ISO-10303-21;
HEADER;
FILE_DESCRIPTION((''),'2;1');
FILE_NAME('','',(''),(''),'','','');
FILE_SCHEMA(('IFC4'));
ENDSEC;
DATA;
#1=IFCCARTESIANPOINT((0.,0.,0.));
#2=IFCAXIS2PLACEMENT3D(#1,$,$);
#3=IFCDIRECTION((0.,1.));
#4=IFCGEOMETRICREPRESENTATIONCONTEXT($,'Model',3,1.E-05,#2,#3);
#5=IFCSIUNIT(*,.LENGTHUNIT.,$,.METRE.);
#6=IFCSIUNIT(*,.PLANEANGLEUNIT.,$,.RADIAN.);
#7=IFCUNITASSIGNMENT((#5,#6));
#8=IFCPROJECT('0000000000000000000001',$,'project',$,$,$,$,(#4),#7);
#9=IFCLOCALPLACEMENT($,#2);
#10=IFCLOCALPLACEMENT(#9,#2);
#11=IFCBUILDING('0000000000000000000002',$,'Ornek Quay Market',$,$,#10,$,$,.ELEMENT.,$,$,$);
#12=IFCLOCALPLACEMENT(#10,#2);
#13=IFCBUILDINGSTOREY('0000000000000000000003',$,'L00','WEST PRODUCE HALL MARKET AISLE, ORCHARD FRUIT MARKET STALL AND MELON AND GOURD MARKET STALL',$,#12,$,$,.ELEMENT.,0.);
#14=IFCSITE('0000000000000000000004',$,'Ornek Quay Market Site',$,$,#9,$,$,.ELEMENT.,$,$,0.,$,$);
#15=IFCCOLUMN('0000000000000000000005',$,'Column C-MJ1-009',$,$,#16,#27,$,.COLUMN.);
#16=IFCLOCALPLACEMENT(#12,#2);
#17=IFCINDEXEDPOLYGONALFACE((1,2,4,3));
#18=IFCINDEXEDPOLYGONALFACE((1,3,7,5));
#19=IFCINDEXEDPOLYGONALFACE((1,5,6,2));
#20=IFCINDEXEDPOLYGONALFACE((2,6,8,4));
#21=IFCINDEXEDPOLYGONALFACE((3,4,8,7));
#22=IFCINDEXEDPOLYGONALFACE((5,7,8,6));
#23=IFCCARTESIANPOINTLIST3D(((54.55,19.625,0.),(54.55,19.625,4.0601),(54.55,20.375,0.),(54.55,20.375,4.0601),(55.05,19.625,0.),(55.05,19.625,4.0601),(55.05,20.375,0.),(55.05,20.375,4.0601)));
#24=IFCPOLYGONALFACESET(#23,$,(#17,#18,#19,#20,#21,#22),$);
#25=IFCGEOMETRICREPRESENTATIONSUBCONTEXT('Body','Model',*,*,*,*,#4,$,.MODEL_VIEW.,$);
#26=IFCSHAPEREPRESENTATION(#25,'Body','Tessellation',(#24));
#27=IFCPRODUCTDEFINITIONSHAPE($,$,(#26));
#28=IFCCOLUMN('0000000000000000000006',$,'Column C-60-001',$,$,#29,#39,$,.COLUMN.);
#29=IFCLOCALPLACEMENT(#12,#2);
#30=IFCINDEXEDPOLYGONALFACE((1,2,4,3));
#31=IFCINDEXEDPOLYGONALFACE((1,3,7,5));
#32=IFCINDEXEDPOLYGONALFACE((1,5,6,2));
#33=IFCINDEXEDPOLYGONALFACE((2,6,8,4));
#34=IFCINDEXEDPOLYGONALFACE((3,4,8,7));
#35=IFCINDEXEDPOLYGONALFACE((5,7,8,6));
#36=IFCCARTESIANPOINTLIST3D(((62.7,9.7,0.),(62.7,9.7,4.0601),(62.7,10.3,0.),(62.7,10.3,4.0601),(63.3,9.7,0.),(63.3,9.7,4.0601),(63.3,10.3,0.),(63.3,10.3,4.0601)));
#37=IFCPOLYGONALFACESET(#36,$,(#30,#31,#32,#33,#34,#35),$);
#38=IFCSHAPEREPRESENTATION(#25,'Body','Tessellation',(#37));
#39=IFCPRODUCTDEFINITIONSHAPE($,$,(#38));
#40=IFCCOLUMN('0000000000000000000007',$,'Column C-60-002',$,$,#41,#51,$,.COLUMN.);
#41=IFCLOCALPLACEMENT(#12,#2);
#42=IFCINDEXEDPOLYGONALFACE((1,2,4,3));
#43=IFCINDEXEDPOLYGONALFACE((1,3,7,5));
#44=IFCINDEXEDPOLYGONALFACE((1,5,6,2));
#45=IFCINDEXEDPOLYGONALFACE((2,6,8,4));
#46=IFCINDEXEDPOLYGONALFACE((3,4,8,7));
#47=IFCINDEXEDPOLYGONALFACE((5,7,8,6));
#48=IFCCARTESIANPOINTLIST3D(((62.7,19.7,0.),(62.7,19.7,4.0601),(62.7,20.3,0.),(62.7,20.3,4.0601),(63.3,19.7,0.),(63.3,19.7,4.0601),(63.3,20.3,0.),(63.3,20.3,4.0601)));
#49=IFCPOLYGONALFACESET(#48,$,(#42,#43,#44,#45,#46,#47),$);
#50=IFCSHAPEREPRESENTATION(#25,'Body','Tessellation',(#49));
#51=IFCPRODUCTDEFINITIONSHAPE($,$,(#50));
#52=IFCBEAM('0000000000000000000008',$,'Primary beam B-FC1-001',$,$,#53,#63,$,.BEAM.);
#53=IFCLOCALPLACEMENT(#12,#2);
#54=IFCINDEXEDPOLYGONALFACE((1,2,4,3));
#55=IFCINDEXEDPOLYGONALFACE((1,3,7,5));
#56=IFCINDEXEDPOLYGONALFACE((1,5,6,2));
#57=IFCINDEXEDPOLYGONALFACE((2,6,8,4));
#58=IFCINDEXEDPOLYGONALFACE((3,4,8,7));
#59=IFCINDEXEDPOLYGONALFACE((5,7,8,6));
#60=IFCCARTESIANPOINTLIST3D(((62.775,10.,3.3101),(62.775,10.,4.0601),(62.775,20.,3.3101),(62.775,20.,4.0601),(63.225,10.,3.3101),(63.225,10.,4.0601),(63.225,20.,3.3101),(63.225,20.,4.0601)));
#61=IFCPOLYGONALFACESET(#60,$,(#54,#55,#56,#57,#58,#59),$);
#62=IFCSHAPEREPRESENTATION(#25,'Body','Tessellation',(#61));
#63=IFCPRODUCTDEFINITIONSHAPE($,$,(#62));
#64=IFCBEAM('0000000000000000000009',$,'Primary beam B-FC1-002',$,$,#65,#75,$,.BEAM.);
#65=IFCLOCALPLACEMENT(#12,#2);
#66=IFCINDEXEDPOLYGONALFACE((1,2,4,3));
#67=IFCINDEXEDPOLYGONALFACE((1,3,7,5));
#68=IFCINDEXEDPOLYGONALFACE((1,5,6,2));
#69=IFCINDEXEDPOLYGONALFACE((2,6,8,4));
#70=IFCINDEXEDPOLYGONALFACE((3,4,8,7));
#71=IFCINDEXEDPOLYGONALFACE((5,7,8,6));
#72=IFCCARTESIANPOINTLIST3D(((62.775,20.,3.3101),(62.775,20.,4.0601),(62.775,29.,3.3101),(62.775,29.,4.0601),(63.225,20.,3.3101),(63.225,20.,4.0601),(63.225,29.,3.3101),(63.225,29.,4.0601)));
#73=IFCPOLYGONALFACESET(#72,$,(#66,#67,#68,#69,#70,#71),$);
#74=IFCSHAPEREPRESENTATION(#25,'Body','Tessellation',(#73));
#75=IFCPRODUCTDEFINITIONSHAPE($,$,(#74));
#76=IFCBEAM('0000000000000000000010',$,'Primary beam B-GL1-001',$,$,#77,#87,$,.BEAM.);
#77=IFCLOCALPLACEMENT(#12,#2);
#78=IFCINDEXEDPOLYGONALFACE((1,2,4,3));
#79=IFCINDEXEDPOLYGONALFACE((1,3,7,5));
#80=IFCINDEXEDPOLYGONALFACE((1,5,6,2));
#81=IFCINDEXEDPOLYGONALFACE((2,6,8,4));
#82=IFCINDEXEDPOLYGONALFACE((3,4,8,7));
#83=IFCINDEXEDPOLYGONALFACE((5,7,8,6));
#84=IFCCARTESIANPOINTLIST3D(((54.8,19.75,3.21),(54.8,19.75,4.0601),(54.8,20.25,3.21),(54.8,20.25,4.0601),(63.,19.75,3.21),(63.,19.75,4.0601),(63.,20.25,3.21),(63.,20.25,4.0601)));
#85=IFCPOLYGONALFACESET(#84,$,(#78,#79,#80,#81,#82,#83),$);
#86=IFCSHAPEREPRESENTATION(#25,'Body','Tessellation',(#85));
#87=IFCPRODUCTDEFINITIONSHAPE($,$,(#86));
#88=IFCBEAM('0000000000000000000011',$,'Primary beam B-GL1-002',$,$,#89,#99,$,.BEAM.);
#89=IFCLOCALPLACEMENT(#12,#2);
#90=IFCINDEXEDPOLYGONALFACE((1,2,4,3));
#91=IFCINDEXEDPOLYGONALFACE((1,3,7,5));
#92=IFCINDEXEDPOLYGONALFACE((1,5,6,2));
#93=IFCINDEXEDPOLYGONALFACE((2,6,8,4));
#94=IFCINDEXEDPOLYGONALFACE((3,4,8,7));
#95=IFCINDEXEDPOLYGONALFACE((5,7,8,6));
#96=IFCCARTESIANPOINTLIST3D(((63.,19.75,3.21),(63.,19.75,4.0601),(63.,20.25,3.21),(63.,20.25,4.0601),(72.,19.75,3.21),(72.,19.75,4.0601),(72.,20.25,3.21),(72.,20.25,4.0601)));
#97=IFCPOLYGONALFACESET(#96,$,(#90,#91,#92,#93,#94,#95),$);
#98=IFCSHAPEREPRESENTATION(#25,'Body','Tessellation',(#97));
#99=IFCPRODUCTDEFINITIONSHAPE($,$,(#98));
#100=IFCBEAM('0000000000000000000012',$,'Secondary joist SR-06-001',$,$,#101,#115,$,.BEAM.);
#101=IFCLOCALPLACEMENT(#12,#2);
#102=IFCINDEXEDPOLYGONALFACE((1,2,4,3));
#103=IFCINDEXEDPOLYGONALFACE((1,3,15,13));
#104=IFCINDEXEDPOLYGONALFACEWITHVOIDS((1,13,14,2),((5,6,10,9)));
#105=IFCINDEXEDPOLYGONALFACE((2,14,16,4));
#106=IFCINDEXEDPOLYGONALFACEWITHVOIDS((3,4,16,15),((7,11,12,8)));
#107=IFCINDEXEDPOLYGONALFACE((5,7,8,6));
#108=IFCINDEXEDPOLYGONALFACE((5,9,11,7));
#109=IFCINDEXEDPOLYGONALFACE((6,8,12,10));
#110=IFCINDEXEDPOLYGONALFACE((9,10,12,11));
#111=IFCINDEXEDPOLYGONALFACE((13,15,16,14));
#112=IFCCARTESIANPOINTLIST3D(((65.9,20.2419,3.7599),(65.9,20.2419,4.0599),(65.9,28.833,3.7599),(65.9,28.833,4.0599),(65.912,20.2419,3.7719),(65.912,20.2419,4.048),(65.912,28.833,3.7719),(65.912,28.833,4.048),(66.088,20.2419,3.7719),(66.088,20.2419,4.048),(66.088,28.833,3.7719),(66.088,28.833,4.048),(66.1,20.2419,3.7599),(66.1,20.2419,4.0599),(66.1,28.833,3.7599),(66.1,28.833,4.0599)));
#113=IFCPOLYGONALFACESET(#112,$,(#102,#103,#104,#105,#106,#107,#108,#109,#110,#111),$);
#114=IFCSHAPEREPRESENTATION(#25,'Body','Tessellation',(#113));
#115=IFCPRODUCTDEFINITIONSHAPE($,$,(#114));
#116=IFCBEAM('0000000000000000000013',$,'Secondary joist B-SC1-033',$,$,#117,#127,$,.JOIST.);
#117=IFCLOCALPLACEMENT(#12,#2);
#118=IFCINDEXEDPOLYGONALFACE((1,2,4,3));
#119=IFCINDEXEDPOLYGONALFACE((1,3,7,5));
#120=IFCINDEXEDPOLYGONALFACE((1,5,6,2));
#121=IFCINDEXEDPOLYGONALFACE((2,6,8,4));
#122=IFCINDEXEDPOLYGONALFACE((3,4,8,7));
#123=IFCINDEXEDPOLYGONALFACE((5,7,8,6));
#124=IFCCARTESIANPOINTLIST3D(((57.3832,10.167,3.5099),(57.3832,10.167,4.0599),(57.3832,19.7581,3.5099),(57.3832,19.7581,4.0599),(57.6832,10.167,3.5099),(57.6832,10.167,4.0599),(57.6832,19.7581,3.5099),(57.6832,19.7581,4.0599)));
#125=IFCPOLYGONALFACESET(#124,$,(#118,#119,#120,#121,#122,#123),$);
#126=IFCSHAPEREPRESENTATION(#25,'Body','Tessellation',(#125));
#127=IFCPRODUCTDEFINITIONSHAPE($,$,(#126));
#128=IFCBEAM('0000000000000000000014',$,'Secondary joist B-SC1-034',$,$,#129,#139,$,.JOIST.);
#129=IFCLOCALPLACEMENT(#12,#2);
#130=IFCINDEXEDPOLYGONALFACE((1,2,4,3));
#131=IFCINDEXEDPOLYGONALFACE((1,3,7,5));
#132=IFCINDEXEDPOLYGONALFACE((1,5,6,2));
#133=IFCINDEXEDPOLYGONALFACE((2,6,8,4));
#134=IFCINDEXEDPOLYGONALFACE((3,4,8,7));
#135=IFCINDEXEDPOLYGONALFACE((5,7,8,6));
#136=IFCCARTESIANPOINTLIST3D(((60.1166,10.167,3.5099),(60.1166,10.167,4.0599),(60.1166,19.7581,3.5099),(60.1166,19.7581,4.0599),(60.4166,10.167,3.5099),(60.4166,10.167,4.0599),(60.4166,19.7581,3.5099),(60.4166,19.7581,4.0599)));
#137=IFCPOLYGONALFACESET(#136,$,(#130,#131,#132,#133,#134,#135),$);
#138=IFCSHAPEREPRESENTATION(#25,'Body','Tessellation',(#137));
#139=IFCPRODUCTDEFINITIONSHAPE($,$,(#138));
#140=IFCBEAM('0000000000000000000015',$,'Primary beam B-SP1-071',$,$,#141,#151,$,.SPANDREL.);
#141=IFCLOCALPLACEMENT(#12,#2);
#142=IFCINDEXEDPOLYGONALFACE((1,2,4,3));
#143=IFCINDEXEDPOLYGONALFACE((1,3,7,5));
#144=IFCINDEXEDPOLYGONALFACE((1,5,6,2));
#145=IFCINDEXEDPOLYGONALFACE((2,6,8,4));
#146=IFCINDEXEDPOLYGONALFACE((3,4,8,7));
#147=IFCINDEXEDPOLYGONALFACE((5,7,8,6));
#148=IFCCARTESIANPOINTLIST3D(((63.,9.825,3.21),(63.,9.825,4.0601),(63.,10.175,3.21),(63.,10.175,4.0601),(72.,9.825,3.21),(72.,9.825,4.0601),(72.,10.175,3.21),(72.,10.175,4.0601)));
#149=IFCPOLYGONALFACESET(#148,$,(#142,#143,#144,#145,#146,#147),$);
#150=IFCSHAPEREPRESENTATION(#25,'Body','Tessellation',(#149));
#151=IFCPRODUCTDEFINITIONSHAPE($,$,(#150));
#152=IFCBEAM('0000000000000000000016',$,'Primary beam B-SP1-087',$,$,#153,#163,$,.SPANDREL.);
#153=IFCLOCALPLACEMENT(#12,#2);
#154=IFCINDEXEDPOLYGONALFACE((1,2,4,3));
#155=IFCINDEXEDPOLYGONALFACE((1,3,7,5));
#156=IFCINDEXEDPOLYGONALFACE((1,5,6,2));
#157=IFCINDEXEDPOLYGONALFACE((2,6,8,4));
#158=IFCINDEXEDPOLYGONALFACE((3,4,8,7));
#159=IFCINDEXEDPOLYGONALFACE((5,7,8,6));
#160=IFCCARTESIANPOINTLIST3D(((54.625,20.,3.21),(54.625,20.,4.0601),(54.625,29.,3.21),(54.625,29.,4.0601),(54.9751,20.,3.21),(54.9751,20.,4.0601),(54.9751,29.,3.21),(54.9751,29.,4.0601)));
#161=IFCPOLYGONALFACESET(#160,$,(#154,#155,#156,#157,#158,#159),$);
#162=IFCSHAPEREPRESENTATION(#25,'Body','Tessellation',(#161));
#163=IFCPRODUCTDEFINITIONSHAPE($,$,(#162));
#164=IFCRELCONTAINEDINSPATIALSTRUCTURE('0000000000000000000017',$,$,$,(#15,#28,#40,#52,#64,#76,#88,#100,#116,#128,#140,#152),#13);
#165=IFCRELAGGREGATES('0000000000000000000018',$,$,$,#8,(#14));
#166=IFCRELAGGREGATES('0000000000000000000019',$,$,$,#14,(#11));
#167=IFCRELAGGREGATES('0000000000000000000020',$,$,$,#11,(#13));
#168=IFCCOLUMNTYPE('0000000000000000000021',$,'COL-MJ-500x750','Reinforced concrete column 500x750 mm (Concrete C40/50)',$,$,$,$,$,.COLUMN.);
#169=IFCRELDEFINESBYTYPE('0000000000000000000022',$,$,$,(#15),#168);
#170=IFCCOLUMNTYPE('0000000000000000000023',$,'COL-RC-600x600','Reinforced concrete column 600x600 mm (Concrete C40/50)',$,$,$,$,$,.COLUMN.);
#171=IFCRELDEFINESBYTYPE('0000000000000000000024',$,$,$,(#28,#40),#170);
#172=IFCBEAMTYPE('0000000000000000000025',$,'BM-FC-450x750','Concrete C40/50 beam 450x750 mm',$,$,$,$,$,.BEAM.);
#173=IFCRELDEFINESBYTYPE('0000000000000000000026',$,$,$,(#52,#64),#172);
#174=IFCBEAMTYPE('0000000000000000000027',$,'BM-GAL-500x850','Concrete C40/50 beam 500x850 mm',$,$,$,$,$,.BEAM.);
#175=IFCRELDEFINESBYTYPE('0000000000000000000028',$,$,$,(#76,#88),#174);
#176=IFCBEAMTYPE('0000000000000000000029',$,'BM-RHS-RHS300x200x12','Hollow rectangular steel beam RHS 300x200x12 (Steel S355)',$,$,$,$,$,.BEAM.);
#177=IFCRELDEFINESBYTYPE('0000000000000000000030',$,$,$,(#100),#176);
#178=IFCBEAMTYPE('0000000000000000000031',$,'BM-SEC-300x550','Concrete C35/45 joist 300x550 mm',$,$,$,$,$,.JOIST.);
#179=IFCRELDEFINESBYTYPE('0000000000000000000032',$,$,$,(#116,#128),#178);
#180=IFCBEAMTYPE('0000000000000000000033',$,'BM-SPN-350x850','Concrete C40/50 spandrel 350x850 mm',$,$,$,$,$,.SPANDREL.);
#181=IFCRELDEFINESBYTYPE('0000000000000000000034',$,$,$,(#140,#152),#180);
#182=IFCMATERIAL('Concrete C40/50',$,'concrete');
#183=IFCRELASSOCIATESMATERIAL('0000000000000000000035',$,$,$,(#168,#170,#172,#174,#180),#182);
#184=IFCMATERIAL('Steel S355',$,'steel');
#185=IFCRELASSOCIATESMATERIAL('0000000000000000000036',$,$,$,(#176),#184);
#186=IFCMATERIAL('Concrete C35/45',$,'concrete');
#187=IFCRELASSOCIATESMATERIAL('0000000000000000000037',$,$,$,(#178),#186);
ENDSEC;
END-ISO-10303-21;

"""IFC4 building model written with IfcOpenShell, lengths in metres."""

from ifc_helpers import new_model, si_unit, direction, frame, origin, origin_2d, place, context, subcontext, project, spatial, rectangle, hollow_rectangle, extrude, material, material_profile, profile_set, type_object, element, save


model = new_model("IFC4")

# Units and contexts
model_context = context("Model", 3, precision=1e-05, world=origin(), true_north=direction((0.0, 1.0)))
body_context = subcontext(model_context, "Body", "Model", "MODEL_VIEW")
ifc_project = project(units=[si_unit("LENGTHUNIT", "METRE"), si_unit("PLANEANGLEUNIT", "RADIAN")], contexts=[model_context])

# Site, building, storey
site_placement = place(None, origin())
site = spatial("IfcSite", under=ifc_project, at=site_placement, Name="Ornek Quay Market Site", CompositionType="ELEMENT", RefElevation=0.0)
building_placement = place(site_placement, origin())
building = spatial("IfcBuilding", under=site, at=building_placement, Name="Ornek Quay Market", CompositionType="ELEMENT")
storey_placement = place(building_placement, origin())
storey = spatial("IfcBuildingStorey", under=building, at=storey_placement, Name="L00", Description="WEST PRODUCE HALL MARKET AISLE, ORCHARD FRUIT MARKET STALL AND MELON AND GOURD MARKET STALL", CompositionType="ELEMENT", Elevation=0.0)

# Columns
ifc_material_1 = material(Name="Concrete C40/50", Category="concrete")
ifc_material_profile_1 = material_profile(ifc_material_1, rectangle(XDim=0.5, YDim=0.75, at=origin_2d()), Name="RC 500x750", Category="concrete")
ifc_profile_set_1 = profile_set([ifc_material_profile_1], Name="Concrete C40/50")
column_type_1 = type_object("IfcColumnType", Name="COL-MJ-500x750", Description="Reinforced concrete column 500x750 mm (Concrete C40/50)", PredefinedType="COLUMN", material=ifc_profile_set_1)
column_placement = place(storey_placement, frame((54.8, 20.0, 0.0), z_axis=(0.0, 0.0, 1.0), x_axis=(1.0, 0.0, 0.0)))
element("IfcColumn", 1, at=column_placement, inside=storey, type_object=column_type_1, Name="Column C-MJ1-009", PredefinedType="COLUMN", context=body_context, shape_type="SweptSolid", body=[
    extrude(rectangle(XDim=0.5, YDim=0.75, at=origin_2d()), origin(), (0.0, 0.0, 1.0), 4.0601),
])
ifc_material_profile_2 = material_profile(ifc_material_1, rectangle(XDim=0.6001, YDim=0.6001, at=origin_2d()), Name="RC 600x600", Category="concrete")
ifc_profile_set_2 = profile_set([ifc_material_profile_2], Name="Concrete C40/50")
column_type_2 = type_object("IfcColumnType", Name="COL-RC-600x600", Description="Reinforced concrete column 600x600 mm (Concrete C40/50)", PredefinedType="COLUMN", material=ifc_profile_set_2)
for number, where, z_axis, x_axis, name in (
    (2, (63.0, 10.0, 0.0), (0.0, 0.0, 1.0), (1.0, 0.0, 0.0), "Column C-60-001"),
    (3, (63.0, 20.0, 0.0), (0.0, 0.0, 1.0), (1.0, 0.0, 0.0), "Column C-60-002"),
):
    element("IfcColumn", number, at=place(storey_placement, frame(where, z_axis=z_axis, x_axis=x_axis)), inside=storey, type_object=column_type_2, Name=name, PredefinedType="COLUMN", context=body_context, shape_type="SweptSolid", body=[
        extrude(rectangle(XDim=0.6001, YDim=0.6001, at=origin_2d()), origin(), (0.0, 0.0, 1.0), 4.0601),
    ])

# Beams
ifc_material_profile_3 = material_profile(ifc_material_1, rectangle(XDim=0.45, YDim=0.75, at=origin_2d()), Name="RC 450x750", Category="concrete")
ifc_profile_set_3 = profile_set([ifc_material_profile_3], Name="Concrete C40/50")
beam_type_1 = type_object("IfcBeamType", Name="BM-FC-450x750", Description="Concrete C40/50 beam 450x750 mm", PredefinedType="BEAM", material=ifc_profile_set_3)
beam_1_placement = place(storey_placement, frame((63.0, 10.0, 3.6851), z_axis=(0.0, 1.0, 0.0), x_axis=(-1.0, 0.0, 0.0)))
element("IfcBeam", 4, at=beam_1_placement, inside=storey, type_object=beam_type_1, Name="Primary beam B-FC1-001", PredefinedType="BEAM", context=body_context, shape_type="SweptSolid", body=[
    extrude(rectangle(XDim=0.45, YDim=0.75, at=origin_2d()), origin(), (0.0, 0.0, 1.0), 10.0),
])
beam_2_placement = place(storey_placement, frame((63.0, 20.0, 3.6851), z_axis=(0.0, 1.0, 0.0), x_axis=(-1.0, 0.0, 0.0)))
element("IfcBeam", 5, at=beam_2_placement, inside=storey, type_object=beam_type_1, Name="Primary beam B-FC1-002", PredefinedType="BEAM", context=body_context, shape_type="SweptSolid", body=[
    extrude(rectangle(XDim=0.45, YDim=0.75, at=origin_2d()), origin(), (0.0, 0.0, 1.0), 9.0),
])
ifc_material_profile_4 = material_profile(ifc_material_1, rectangle(XDim=0.5, YDim=0.8501, at=origin_2d()), Name="RC 500x850", Category="concrete")
ifc_profile_set_4 = profile_set([ifc_material_profile_4], Name="Concrete C40/50")
beam_type_2 = type_object("IfcBeamType", Name="BM-GAL-500x850", Description="Concrete C40/50 beam 500x850 mm", PredefinedType="BEAM", material=ifc_profile_set_4)
beam_3_placement = place(storey_placement, frame((54.8, 20.0, 3.635), z_axis=(1.0, 0.0, 0.0), x_axis=(0.0, 1.0, 0.0)))
element("IfcBeam", 6, at=beam_3_placement, inside=storey, type_object=beam_type_2, Name="Primary beam B-GL1-001", PredefinedType="BEAM", context=body_context, shape_type="SweptSolid", body=[
    extrude(rectangle(XDim=0.5, YDim=0.8501, at=origin_2d()), origin(), (0.0, 0.0, 1.0), 8.2),
])
beam_4_placement = place(storey_placement, frame((63.0, 20.0, 3.635), z_axis=(1.0, 0.0, 0.0), x_axis=(0.0, 1.0, 0.0)))
element("IfcBeam", 7, at=beam_4_placement, inside=storey, type_object=beam_type_2, Name="Primary beam B-GL1-002", PredefinedType="BEAM", context=body_context, shape_type="SweptSolid", body=[
    extrude(rectangle(XDim=0.5, YDim=0.8501, at=origin_2d()), origin(), (0.0, 0.0, 1.0), 9.0),
])
ifc_material_2 = material(Name="Steel S355", Category="steel")
ifc_material_profile_5 = material_profile(ifc_material_2, hollow_rectangle(XDim=0.2, YDim=0.3, WallThickness=0.012, at=origin_2d()), Name="RHS 300x200x12", Category="steel")
ifc_profile_set_5 = profile_set([ifc_material_profile_5], Name="Steel S355")
beam_type_3 = type_object("IfcBeamType", Name="BM-RHS-RHS300x200x12", Description="Hollow rectangular steel beam RHS 300x200x12 (Steel S355)", PredefinedType="BEAM", material=ifc_profile_set_5)
beam_5_placement = place(storey_placement, frame((66.0, 20.2419, 3.9099), z_axis=(0.0, 1.0, 0.0), x_axis=(-1.0, 0.0, 0.0)))
element("IfcBeam", 8, at=beam_5_placement, inside=storey, type_object=beam_type_3, Name="Secondary joist SR-06-001", PredefinedType="BEAM", context=body_context, shape_type="SweptSolid", body=[
    extrude(hollow_rectangle(XDim=0.2, YDim=0.3, WallThickness=0.012, at=origin_2d()), origin(), (0.0, 0.0, 1.0), 8.5911),
])
ifc_material_3 = material(Name="Concrete C35/45", Category="concrete")
ifc_material_profile_6 = material_profile(ifc_material_3, rectangle(XDim=0.3, YDim=0.55, at=origin_2d()), Name="RC 300x550", Category="concrete")
ifc_profile_set_6 = profile_set([ifc_material_profile_6], Name="Concrete C35/45")
beam_type_4 = type_object("IfcBeamType", Name="BM-SEC-300x550", Description="Concrete C35/45 joist 300x550 mm", PredefinedType="JOIST", material=ifc_profile_set_6)
for number, where, z_axis, x_axis, name in (
    (9, (57.5332, 10.167, 3.7849), (0.0, 1.0, 0.0), (-1.0, 0.0, 0.0), "Secondary joist B-SC1-033"),
    (10, (60.2666, 10.167, 3.7849), (0.0, 1.0, 0.0), (-1.0, 0.0, 0.0), "Secondary joist B-SC1-034"),
):
    element("IfcBeam", number, at=place(storey_placement, frame(where, z_axis=z_axis, x_axis=x_axis)), inside=storey, type_object=beam_type_4, Name=name, PredefinedType="JOIST", context=body_context, shape_type="SweptSolid", body=[
        extrude(rectangle(XDim=0.3, YDim=0.55, at=origin_2d()), origin(), (0.0, 0.0, 1.0), 9.5911),
    ])
ifc_material_profile_7 = material_profile(ifc_material_1, rectangle(XDim=0.3501, YDim=0.8501, at=origin_2d()), Name="RC 350x850", Category="concrete")
ifc_profile_set_7 = profile_set([ifc_material_profile_7], Name="Concrete C40/50")
beam_type_5 = type_object("IfcBeamType", Name="BM-SPN-350x850", Description="Concrete C40/50 spandrel 350x850 mm", PredefinedType="SPANDREL", material=ifc_profile_set_7)
for number, where, z_axis, x_axis, name in (
    (11, (63.0, 10.0, 3.635), (1.0, 0.0, 0.0), (0.0, 1.0, 0.0), "Primary beam B-SP1-071"),
    (12, (54.8, 20.0, 3.635), (0.0, 1.0, 0.0), (-1.0, 0.0, 0.0), "Primary beam B-SP1-087"),
):
    element("IfcBeam", number, at=place(storey_placement, frame(where, z_axis=z_axis, x_axis=x_axis)), inside=storey, type_object=beam_type_5, Name=name, PredefinedType="SPANDREL", context=body_context, shape_type="SweptSolid", body=[
        extrude(rectangle(XDim=0.3501, YDim=0.8501, at=origin_2d()), origin(), (0.0, 0.0, 1.0), 9.0),
    ])

save(model, "model.ifc")
